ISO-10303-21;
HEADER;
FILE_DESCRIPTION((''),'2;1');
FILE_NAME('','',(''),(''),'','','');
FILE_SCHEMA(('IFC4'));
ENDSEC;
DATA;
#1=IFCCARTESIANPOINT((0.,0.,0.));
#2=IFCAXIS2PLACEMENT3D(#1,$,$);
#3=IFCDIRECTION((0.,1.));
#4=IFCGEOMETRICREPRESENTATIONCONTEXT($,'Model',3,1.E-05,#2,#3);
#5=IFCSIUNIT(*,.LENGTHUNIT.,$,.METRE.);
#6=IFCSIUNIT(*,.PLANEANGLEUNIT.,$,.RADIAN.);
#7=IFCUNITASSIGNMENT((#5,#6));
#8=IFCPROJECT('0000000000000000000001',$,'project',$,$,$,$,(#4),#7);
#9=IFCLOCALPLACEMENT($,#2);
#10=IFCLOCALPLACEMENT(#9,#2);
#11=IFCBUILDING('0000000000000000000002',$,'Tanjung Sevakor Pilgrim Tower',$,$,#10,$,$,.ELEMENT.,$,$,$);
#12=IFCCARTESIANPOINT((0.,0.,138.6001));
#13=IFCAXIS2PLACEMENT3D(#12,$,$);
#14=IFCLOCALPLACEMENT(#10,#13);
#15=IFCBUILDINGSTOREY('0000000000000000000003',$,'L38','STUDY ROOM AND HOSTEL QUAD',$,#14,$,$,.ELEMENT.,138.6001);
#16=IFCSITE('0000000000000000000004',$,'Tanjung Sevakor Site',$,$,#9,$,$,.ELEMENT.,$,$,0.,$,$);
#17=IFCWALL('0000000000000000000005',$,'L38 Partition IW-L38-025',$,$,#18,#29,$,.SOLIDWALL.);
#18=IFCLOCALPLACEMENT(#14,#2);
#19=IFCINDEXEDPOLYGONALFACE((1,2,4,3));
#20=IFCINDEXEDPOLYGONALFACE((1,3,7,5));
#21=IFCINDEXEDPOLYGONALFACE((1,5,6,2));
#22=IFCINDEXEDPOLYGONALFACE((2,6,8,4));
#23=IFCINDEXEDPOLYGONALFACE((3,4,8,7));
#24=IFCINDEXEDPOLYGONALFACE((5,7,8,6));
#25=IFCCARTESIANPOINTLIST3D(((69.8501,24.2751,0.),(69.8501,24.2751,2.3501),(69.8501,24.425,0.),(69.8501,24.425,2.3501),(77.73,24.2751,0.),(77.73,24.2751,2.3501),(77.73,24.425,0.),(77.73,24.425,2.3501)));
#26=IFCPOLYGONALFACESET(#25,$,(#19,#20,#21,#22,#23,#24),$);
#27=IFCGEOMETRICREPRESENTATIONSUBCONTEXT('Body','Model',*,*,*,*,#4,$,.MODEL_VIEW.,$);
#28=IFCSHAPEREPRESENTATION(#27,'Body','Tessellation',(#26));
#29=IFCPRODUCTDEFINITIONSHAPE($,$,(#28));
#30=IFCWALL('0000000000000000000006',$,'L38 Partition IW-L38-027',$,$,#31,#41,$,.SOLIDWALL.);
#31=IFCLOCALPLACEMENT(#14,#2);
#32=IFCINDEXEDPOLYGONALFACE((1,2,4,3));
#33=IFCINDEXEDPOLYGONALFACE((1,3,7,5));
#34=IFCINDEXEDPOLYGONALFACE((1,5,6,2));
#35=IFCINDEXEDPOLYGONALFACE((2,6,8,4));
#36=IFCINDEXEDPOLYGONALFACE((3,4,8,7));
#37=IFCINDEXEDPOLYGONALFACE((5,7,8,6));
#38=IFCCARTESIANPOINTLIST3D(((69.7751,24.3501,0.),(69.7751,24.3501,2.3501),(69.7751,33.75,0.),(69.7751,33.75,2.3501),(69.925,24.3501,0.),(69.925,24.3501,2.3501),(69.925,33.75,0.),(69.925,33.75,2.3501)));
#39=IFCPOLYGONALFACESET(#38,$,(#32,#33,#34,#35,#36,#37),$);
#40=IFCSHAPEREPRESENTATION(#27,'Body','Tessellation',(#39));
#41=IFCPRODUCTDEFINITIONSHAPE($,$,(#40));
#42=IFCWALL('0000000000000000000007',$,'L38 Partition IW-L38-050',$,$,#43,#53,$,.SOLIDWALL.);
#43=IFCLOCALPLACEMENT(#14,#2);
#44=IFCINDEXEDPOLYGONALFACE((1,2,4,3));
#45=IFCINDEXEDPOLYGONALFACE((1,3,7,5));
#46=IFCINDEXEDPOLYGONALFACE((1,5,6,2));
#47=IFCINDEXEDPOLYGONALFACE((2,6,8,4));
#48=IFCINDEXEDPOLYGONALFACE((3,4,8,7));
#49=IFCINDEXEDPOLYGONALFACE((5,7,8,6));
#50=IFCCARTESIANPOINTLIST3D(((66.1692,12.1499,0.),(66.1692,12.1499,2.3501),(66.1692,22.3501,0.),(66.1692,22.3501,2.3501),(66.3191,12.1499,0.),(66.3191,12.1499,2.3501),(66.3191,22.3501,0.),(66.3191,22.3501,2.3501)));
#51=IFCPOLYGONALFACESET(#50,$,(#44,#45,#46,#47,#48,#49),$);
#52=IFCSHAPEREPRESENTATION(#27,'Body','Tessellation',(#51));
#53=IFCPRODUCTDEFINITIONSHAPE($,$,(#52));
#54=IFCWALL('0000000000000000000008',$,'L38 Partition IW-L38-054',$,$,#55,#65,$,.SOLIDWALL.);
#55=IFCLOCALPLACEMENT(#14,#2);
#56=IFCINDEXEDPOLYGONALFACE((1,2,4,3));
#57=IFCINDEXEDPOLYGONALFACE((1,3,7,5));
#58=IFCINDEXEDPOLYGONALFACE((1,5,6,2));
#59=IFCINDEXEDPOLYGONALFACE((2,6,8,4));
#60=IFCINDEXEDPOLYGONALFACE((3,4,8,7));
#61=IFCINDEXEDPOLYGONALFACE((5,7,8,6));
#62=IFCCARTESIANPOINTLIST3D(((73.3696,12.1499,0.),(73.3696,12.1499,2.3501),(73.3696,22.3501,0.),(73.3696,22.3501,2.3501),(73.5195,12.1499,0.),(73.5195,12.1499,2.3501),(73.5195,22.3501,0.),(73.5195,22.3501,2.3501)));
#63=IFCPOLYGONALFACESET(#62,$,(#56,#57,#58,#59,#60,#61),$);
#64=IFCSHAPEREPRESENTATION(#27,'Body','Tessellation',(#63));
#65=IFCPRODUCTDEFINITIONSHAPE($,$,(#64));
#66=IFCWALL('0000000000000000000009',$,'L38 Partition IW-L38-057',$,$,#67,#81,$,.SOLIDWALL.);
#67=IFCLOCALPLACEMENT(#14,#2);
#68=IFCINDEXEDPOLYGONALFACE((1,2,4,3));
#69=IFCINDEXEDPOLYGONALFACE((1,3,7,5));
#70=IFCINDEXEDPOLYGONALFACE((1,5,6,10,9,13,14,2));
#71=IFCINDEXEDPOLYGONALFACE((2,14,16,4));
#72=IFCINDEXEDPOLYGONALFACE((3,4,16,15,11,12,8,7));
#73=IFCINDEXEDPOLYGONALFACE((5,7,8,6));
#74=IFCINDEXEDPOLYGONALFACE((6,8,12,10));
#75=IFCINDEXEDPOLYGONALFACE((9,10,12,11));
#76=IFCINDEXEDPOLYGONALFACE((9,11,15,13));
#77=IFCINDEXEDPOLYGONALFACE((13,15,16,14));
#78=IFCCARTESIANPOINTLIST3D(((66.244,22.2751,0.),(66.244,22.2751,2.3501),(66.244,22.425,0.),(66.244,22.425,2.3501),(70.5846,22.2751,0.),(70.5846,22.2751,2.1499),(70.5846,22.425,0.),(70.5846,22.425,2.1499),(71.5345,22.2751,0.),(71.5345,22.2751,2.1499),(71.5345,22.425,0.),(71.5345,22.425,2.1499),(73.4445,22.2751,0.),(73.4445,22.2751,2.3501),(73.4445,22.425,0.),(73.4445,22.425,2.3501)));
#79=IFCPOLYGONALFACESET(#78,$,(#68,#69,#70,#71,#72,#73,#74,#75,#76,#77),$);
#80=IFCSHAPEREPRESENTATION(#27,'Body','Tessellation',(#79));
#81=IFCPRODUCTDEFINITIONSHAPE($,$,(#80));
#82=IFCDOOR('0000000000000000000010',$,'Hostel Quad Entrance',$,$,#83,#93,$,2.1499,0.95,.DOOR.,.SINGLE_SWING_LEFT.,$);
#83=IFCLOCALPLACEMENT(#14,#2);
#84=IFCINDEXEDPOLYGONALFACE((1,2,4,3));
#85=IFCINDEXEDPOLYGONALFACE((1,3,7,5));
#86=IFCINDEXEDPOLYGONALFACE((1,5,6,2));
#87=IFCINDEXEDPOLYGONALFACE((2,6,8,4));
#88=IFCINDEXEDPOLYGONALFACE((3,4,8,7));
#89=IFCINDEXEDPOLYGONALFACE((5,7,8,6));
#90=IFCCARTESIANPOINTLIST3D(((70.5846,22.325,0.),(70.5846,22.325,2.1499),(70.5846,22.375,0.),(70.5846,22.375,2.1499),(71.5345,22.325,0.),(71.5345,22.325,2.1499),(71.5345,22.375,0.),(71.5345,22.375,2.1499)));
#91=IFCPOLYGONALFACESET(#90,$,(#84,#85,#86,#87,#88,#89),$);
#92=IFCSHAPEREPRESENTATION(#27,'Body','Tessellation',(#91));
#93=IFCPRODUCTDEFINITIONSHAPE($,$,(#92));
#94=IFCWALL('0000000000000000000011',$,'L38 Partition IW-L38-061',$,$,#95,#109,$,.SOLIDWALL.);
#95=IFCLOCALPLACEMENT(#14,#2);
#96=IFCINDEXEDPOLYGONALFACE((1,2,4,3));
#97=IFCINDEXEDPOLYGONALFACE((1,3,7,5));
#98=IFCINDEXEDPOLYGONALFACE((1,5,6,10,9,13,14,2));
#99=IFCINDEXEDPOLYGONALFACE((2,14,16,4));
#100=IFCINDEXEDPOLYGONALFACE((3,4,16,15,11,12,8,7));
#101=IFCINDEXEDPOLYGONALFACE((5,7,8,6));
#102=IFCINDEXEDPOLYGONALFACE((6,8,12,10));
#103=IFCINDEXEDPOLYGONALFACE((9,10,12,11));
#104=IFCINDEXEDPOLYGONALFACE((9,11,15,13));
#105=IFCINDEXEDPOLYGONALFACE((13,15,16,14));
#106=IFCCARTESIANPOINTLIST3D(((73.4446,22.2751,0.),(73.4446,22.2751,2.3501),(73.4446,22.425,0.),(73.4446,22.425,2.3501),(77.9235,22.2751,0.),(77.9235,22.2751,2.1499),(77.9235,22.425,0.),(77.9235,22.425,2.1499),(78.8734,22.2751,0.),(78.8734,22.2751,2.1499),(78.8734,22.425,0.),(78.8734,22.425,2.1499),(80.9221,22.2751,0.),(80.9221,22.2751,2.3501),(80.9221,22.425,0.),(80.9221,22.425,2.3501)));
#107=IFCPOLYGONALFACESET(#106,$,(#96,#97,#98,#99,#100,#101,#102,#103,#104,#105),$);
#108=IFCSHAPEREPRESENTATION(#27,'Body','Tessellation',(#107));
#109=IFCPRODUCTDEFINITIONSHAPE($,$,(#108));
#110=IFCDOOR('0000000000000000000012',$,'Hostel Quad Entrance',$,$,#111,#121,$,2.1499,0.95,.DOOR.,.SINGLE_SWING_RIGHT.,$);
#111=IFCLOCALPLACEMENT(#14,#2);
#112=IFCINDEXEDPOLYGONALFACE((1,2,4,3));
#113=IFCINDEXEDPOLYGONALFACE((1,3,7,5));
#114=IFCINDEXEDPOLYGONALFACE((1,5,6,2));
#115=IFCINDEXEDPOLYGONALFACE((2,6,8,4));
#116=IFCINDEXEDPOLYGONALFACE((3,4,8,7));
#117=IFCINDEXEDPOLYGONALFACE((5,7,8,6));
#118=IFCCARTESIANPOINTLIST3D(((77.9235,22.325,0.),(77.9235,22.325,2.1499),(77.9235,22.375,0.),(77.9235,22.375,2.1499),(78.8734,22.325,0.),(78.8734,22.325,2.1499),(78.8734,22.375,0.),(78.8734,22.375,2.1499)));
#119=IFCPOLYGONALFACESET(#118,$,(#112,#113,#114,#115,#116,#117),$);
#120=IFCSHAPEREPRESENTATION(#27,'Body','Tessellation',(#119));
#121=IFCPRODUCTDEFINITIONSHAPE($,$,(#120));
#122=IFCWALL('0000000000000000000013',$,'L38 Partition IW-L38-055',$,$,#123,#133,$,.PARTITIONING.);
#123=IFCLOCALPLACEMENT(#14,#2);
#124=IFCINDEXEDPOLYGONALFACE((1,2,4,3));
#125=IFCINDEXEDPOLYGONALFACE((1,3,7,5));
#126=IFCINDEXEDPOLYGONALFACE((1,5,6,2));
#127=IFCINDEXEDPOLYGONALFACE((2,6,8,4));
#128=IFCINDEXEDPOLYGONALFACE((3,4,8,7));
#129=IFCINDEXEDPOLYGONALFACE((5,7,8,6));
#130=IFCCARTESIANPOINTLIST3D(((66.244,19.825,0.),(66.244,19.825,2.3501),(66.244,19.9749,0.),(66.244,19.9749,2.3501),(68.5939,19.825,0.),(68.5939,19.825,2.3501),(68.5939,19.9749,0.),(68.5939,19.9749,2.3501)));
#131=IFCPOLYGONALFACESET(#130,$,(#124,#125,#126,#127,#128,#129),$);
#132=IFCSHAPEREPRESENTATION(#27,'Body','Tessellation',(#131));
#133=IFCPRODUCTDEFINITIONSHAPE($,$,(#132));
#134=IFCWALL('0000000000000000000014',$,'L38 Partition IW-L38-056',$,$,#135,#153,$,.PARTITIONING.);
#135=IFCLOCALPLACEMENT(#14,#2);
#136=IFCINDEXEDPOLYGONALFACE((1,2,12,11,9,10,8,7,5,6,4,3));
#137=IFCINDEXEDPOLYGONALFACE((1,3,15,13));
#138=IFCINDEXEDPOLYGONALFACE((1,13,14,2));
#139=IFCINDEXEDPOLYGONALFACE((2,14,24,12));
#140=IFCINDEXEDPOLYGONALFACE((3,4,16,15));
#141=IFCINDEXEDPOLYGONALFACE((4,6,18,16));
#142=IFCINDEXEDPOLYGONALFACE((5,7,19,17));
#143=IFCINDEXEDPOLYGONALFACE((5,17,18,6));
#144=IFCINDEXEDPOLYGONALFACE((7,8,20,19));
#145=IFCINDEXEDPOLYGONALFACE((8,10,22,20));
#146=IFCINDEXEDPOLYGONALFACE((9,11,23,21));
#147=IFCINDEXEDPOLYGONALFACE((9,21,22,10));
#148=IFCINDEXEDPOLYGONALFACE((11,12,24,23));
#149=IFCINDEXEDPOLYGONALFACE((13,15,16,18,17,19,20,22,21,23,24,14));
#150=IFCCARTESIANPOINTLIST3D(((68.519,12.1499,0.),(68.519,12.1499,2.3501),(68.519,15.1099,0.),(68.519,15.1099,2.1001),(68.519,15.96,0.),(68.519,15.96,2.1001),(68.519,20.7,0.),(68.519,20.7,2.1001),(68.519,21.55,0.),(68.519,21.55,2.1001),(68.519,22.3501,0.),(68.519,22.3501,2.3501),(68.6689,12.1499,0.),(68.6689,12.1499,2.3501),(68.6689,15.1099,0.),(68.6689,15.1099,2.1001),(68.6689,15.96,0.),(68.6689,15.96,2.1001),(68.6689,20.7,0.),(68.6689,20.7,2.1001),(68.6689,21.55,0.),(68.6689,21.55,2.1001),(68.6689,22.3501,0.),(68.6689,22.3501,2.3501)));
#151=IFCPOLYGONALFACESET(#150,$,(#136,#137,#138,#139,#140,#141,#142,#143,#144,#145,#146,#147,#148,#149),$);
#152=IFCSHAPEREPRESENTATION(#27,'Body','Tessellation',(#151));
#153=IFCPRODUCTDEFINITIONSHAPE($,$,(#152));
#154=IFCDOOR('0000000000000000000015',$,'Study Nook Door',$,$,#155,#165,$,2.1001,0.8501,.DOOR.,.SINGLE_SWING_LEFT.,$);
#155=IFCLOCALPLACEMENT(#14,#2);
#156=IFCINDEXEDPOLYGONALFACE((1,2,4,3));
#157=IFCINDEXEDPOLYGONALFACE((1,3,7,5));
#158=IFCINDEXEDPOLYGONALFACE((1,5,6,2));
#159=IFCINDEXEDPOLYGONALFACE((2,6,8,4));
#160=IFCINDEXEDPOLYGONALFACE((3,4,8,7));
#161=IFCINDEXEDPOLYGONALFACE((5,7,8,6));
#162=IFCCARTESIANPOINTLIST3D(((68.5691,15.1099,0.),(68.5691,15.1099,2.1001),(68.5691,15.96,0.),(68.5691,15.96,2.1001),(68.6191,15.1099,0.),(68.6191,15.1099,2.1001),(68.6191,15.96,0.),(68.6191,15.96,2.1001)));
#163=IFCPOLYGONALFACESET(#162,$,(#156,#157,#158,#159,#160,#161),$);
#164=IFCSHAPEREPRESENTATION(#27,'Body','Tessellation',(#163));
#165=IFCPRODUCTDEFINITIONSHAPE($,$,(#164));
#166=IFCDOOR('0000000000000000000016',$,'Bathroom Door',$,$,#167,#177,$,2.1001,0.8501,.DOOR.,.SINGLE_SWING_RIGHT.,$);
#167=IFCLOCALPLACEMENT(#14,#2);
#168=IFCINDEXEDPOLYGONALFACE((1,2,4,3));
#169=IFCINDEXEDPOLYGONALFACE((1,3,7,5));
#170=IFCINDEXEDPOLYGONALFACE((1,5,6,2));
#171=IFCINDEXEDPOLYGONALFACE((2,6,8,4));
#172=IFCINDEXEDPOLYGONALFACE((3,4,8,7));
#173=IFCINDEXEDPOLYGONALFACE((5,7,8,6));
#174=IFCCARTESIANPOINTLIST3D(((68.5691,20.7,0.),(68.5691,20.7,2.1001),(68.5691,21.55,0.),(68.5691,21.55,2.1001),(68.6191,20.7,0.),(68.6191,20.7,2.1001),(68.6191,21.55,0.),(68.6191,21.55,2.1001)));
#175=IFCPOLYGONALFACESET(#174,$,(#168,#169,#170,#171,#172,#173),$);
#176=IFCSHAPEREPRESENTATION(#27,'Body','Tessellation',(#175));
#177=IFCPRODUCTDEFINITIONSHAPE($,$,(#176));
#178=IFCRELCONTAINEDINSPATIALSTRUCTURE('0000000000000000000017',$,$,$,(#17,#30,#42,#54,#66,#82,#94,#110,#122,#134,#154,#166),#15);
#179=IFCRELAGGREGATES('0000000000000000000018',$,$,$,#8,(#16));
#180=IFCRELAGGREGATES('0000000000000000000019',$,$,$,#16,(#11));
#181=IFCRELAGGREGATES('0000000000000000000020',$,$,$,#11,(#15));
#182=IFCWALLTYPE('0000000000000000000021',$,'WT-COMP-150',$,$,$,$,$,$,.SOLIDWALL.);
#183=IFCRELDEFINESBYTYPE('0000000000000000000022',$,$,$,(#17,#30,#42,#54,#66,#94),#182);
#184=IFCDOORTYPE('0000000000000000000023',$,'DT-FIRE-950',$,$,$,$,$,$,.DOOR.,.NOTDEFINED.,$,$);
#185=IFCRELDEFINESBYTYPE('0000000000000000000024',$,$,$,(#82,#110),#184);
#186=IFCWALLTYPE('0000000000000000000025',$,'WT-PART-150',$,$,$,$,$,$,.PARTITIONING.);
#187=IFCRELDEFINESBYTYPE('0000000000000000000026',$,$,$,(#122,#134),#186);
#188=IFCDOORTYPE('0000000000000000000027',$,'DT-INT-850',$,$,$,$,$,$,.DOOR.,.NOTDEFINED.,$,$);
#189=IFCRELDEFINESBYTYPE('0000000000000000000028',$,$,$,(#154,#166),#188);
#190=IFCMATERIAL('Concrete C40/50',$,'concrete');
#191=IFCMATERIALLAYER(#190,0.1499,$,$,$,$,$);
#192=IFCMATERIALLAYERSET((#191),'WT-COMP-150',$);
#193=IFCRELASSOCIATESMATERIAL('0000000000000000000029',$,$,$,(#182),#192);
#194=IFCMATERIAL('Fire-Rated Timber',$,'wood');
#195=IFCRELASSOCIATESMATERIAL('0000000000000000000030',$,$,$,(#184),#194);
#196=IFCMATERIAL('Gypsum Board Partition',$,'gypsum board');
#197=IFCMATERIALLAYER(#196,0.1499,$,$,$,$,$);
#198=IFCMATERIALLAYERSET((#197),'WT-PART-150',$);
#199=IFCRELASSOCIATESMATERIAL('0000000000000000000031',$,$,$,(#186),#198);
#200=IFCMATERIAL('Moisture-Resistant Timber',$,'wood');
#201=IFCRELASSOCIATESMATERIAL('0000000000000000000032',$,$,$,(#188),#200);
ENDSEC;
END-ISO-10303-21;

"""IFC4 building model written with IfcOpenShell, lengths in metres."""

from ifc_helpers import new_model, si_unit, direction, frame, frame_2d, origin, place, context, subcontext, project, spatial, rectangle, extrude, material, layer, layer_set, type_object, element, fill, save


model = new_model("IFC4")

# Units and contexts
model_context = context("Model", 3, precision=1e-05, world=origin(), true_north=direction((0.0, 1.0)))
body_context = subcontext(model_context, "Body", "Model", "MODEL_VIEW")
ifc_project = project(units=[si_unit("LENGTHUNIT", "METRE"), si_unit("PLANEANGLEUNIT", "RADIAN")], contexts=[model_context])

# Site, building, storey
site_placement = place(None, origin())
site = spatial("IfcSite", under=ifc_project, at=site_placement, Name="Tanjung Sevakor Site", CompositionType="ELEMENT", RefElevation=0.0)
building_placement = place(site_placement, origin())
building = spatial("IfcBuilding", under=site, at=building_placement, Name="Tanjung Sevakor Pilgrim Tower", CompositionType="ELEMENT")
storey_placement = place(building_placement, frame((0.0, 0.0, 138.6001)))
storey = spatial("IfcBuildingStorey", under=building, at=storey_placement, Name="L38", Description="STUDY ROOM AND HOSTEL QUAD", CompositionType="ELEMENT", Elevation=138.6001)

# Walls
ifc_material_1 = material(Name="Concrete C40/50", Category="concrete")
ifc_layer_1 = layer(ifc_material_1, 0.1499)
ifc_layer_set_1 = layer_set([ifc_layer_1], Name="WT-COMP-150")
wall_type_1 = type_object("IfcWallType", Name="WT-COMP-150", PredefinedType="SOLIDWALL", material=ifc_layer_set_1)
wall_1_placement = place(storey_placement, frame((69.8501, 24.3501, 0.0), z_axis=(0.0, 0.0, 1.0), x_axis=(1.0, 0.0, 0.0)))
element("IfcWall", 1, at=wall_1_placement, inside=storey, type_object=wall_type_1, Name="L38 Partition IW-L38-025", PredefinedType="SOLIDWALL", context=body_context, shape_type="SweptSolid", body=[
    extrude(rectangle(XDim=7.8799, YDim=0.1499, at=frame_2d((3.9399, 0.0))), origin(), (0.0, 0.0, 1.0), 2.3501),
])
wall_2_placement = place(storey_placement, frame((69.8501, 24.3501, 0.0), z_axis=(0.0, 0.0, 1.0), x_axis=(0.0, 1.0, 0.0)))
element("IfcWall", 2, at=wall_2_placement, inside=storey, type_object=wall_type_1, Name="L38 Partition IW-L38-027", PredefinedType="SOLIDWALL", context=body_context, shape_type="SweptSolid", body=[
    extrude(rectangle(XDim=9.3999, YDim=0.1499, at=frame_2d((4.7, 0.0))), origin(), (0.0, 0.0, 1.0), 2.3501),
])
for number, where, z_axis, x_axis, name in (
    (3, (66.2441, 12.1499, 0.0), (0.0, 0.0, 1.0), (0.0, 1.0, 0.0), "L38 Partition IW-L38-050"),
    (4, (73.4446, 12.1499, 0.0), (0.0, 0.0, 1.0), (0.0, 1.0, 0.0), "L38 Partition IW-L38-054"),
):
    element("IfcWall", number, at=place(storey_placement, frame(where, z_axis=z_axis, x_axis=x_axis)), inside=storey, type_object=wall_type_1, Name=name, PredefinedType="SOLIDWALL", context=body_context, shape_type="SweptSolid", body=[
        extrude(rectangle(XDim=10.2002, YDim=0.1499, at=frame_2d((5.1001, 0.0))), origin(), (0.0, 0.0, 1.0), 2.3501),
    ])

# Walls, openings, doors
wall_3_placement = place(storey_placement, frame((66.2441, 22.3501, 0.0), z_axis=(0.0, 0.0, 1.0), x_axis=(1.0, 0.0, 0.0)))
wall_3 = element("IfcWall", 5, at=wall_3_placement, inside=storey, type_object=wall_type_1, Name="L38 Partition IW-L38-057", PredefinedType="SOLIDWALL", context=body_context, shape_type="SweptSolid", body=[
    extrude(rectangle(XDim=7.2004, YDim=0.1499, at=frame_2d((3.6001, 0.0))), origin(), (0.0, 0.0, 1.0), 2.3501),
])
opening_1_placement = place(wall_3_placement, frame((4.3403, 0.0, 0.0)))
opening_1 = element("IfcOpeningElement", 6, at=opening_1_placement, cuts=wall_3, PredefinedType="OPENING", context=body_context, shape_type="SweptSolid", body=[
    extrude(rectangle(XDim=0.95, YDim=2.1499, at=frame_2d((0.4751, 1.075))), frame((0.0, 0.085, 0.0), z_axis=(0.0, -1.0, 0.0), x_axis=(1.0, 0.0, 0.0)), (0.0, 0.0, 1.0), 0.1699),
])
ifc_material_2 = material(Name="Fire-Rated Timber", Category="wood")
door_type_1 = type_object("IfcDoorType", Name="DT-FIRE-950", OperationType="NOTDEFINED", PredefinedType="DOOR", material=ifc_material_2)
door_1_placement = place(opening_1_placement, origin())
door_1 = element("IfcDoor", 7, at=door_1_placement, inside=storey, type_object=door_type_1, Name="Hostel Quad Entrance", OperationType="SINGLE_SWING_LEFT", OverallHeight=2.1499, OverallWidth=0.95, PredefinedType="DOOR", context=body_context, shape_type="SweptSolid", body=[
    extrude(rectangle(XDim=0.95, YDim=2.1499, at=frame_2d((0.4751, 1.075))), frame((0.0, 0.0249, 0.0), z_axis=(0.0, -1.0, 0.0), x_axis=(1.0, 0.0, 0.0)), (0.0, 0.0, 1.0), 0.05),
])
fill(opening_1, door_1)
wall_4_placement = place(storey_placement, frame((73.4446, 22.3501, 0.0), z_axis=(0.0, 0.0, 1.0), x_axis=(1.0, 0.0, 0.0)))
wall_4 = element("IfcWall", 8, at=wall_4_placement, inside=storey, type_object=wall_type_1, Name="L38 Partition IW-L38-061", PredefinedType="SOLIDWALL", context=body_context, shape_type="SweptSolid", body=[
    extrude(rectangle(XDim=7.4775, YDim=0.1499, at=frame_2d((3.7388, 0.0))), origin(), (0.0, 0.0, 1.0), 2.3501),
])
opening_2_placement = place(wall_4_placement, frame((4.4788, 0.0, 0.0)))
opening_2 = element("IfcOpeningElement", 9, at=opening_2_placement, cuts=wall_4, PredefinedType="OPENING", context=body_context, shape_type="SweptSolid", body=[
    extrude(rectangle(XDim=0.95, YDim=2.1499, at=frame_2d((0.4751, 1.075))), frame((0.0, 0.085, 0.0), z_axis=(0.0, -1.0, 0.0), x_axis=(1.0, 0.0, 0.0)), (0.0, 0.0, 1.0), 0.1699),
])
door_2_placement = place(opening_2_placement, origin())
door_2 = element("IfcDoor", 10, at=door_2_placement, inside=storey, type_object=door_type_1, Name="Hostel Quad Entrance", OperationType="SINGLE_SWING_RIGHT", OverallHeight=2.1499, OverallWidth=0.95, PredefinedType="DOOR", context=body_context, shape_type="SweptSolid", body=[
    extrude(rectangle(XDim=0.95, YDim=2.1499, at=frame_2d((0.4751, 1.075))), frame((0.0, 0.0249, 0.0), z_axis=(0.0, -1.0, 0.0), x_axis=(1.0, 0.0, 0.0)), (0.0, 0.0, 1.0), 0.05),
])
fill(opening_2, door_2)

# Wall
ifc_material_3 = material(Name="Gypsum Board Partition", Category="gypsum board")
ifc_layer_2 = layer(ifc_material_3, 0.1499)
ifc_layer_set_2 = layer_set([ifc_layer_2], Name="WT-PART-150")
wall_type_2 = type_object("IfcWallType", Name="WT-PART-150", PredefinedType="PARTITIONING", material=ifc_layer_set_2)
wall_5_placement = place(storey_placement, frame((66.2441, 19.8999, 0.0), z_axis=(0.0, 0.0, 1.0), x_axis=(1.0, 0.0, 0.0)))
element("IfcWall", 11, at=wall_5_placement, inside=storey, type_object=wall_type_2, Name="L38 Partition IW-L38-055", PredefinedType="PARTITIONING", context=body_context, shape_type="SweptSolid", body=[
    extrude(rectangle(XDim=2.3499, YDim=0.1499, at=frame_2d((1.1748, 0.0))), origin(), (0.0, 0.0, 1.0), 2.3501),
])

# Wall, openings, doors
wall_6_placement = place(storey_placement, frame((68.594, 12.1499, 0.0), z_axis=(0.0, 0.0, 1.0), x_axis=(0.0, 1.0, 0.0)))
wall_6 = element("IfcWall", 12, at=wall_6_placement, inside=storey, type_object=wall_type_2, Name="L38 Partition IW-L38-056", PredefinedType="PARTITIONING", context=body_context, shape_type="SweptSolid", body=[
    extrude(rectangle(XDim=10.2002, YDim=0.1499, at=frame_2d((5.1001, 0.0))), origin(), (0.0, 0.0, 1.0), 2.3501),
])
opening_3_placement = place(wall_6_placement, frame((2.96, 0.0, 0.0)))
opening_3 = element("IfcOpeningElement", 13, at=opening_3_placement, cuts=wall_6, PredefinedType="OPENING", context=body_context, shape_type="SweptSolid", body=[
    extrude(rectangle(XDim=0.8501, YDim=2.1001, at=frame_2d((0.425, 1.05))), frame((0.0, 0.085, 0.0), z_axis=(0.0, -1.0, 0.0), x_axis=(1.0, 0.0, 0.0)), (0.0, 0.0, 1.0), 0.1699),
])
opening_4_placement = place(wall_6_placement, frame((8.55, 0.0, 0.0)))
opening_4 = element("IfcOpeningElement", 14, at=opening_4_placement, cuts=wall_6, PredefinedType="OPENING", context=body_context, shape_type="SweptSolid", body=[
    extrude(rectangle(XDim=0.8501, YDim=2.1001, at=frame_2d((0.425, 1.05))), frame((0.0, 0.085, 0.0), z_axis=(0.0, -1.0, 0.0), x_axis=(1.0, 0.0, 0.0)), (0.0, 0.0, 1.0), 0.1699),
])
ifc_material_4 = material(Name="Moisture-Resistant Timber", Category="wood")
door_type_2 = type_object("IfcDoorType", Name="DT-INT-850", OperationType="NOTDEFINED", PredefinedType="DOOR", material=ifc_material_4)
door_3_placement = place(opening_3_placement, origin())
door_3 = element("IfcDoor", 15, at=door_3_placement, inside=storey, type_object=door_type_2, Name="Study Nook Door", OperationType="SINGLE_SWING_LEFT", OverallHeight=2.1001, OverallWidth=0.8501, PredefinedType="DOOR", context=body_context, shape_type="SweptSolid", body=[
    extrude(rectangle(XDim=0.8501, YDim=2.1001, at=frame_2d((0.425, 1.05))), frame((0.0, 0.0249, 0.0), z_axis=(0.0, -1.0, 0.0), x_axis=(1.0, 0.0, 0.0)), (0.0, 0.0, 1.0), 0.05),
])
fill(opening_3, door_3)
door_4_placement = place(opening_4_placement, origin())
door_4 = element("IfcDoor", 16, at=door_4_placement, inside=storey, type_object=door_type_2, Name="Bathroom Door", OperationType="SINGLE_SWING_RIGHT", OverallHeight=2.1001, OverallWidth=0.8501, PredefinedType="DOOR", context=body_context, shape_type="SweptSolid", body=[
    extrude(rectangle(XDim=0.8501, YDim=2.1001, at=frame_2d((0.425, 1.05))), frame((0.0, 0.0249, 0.0), z_axis=(0.0, -1.0, 0.0), x_axis=(1.0, 0.0, 0.0)), (0.0, 0.0, 1.0), 0.05),
])
fill(opening_4, door_4)

save(model, "model.ifc")
